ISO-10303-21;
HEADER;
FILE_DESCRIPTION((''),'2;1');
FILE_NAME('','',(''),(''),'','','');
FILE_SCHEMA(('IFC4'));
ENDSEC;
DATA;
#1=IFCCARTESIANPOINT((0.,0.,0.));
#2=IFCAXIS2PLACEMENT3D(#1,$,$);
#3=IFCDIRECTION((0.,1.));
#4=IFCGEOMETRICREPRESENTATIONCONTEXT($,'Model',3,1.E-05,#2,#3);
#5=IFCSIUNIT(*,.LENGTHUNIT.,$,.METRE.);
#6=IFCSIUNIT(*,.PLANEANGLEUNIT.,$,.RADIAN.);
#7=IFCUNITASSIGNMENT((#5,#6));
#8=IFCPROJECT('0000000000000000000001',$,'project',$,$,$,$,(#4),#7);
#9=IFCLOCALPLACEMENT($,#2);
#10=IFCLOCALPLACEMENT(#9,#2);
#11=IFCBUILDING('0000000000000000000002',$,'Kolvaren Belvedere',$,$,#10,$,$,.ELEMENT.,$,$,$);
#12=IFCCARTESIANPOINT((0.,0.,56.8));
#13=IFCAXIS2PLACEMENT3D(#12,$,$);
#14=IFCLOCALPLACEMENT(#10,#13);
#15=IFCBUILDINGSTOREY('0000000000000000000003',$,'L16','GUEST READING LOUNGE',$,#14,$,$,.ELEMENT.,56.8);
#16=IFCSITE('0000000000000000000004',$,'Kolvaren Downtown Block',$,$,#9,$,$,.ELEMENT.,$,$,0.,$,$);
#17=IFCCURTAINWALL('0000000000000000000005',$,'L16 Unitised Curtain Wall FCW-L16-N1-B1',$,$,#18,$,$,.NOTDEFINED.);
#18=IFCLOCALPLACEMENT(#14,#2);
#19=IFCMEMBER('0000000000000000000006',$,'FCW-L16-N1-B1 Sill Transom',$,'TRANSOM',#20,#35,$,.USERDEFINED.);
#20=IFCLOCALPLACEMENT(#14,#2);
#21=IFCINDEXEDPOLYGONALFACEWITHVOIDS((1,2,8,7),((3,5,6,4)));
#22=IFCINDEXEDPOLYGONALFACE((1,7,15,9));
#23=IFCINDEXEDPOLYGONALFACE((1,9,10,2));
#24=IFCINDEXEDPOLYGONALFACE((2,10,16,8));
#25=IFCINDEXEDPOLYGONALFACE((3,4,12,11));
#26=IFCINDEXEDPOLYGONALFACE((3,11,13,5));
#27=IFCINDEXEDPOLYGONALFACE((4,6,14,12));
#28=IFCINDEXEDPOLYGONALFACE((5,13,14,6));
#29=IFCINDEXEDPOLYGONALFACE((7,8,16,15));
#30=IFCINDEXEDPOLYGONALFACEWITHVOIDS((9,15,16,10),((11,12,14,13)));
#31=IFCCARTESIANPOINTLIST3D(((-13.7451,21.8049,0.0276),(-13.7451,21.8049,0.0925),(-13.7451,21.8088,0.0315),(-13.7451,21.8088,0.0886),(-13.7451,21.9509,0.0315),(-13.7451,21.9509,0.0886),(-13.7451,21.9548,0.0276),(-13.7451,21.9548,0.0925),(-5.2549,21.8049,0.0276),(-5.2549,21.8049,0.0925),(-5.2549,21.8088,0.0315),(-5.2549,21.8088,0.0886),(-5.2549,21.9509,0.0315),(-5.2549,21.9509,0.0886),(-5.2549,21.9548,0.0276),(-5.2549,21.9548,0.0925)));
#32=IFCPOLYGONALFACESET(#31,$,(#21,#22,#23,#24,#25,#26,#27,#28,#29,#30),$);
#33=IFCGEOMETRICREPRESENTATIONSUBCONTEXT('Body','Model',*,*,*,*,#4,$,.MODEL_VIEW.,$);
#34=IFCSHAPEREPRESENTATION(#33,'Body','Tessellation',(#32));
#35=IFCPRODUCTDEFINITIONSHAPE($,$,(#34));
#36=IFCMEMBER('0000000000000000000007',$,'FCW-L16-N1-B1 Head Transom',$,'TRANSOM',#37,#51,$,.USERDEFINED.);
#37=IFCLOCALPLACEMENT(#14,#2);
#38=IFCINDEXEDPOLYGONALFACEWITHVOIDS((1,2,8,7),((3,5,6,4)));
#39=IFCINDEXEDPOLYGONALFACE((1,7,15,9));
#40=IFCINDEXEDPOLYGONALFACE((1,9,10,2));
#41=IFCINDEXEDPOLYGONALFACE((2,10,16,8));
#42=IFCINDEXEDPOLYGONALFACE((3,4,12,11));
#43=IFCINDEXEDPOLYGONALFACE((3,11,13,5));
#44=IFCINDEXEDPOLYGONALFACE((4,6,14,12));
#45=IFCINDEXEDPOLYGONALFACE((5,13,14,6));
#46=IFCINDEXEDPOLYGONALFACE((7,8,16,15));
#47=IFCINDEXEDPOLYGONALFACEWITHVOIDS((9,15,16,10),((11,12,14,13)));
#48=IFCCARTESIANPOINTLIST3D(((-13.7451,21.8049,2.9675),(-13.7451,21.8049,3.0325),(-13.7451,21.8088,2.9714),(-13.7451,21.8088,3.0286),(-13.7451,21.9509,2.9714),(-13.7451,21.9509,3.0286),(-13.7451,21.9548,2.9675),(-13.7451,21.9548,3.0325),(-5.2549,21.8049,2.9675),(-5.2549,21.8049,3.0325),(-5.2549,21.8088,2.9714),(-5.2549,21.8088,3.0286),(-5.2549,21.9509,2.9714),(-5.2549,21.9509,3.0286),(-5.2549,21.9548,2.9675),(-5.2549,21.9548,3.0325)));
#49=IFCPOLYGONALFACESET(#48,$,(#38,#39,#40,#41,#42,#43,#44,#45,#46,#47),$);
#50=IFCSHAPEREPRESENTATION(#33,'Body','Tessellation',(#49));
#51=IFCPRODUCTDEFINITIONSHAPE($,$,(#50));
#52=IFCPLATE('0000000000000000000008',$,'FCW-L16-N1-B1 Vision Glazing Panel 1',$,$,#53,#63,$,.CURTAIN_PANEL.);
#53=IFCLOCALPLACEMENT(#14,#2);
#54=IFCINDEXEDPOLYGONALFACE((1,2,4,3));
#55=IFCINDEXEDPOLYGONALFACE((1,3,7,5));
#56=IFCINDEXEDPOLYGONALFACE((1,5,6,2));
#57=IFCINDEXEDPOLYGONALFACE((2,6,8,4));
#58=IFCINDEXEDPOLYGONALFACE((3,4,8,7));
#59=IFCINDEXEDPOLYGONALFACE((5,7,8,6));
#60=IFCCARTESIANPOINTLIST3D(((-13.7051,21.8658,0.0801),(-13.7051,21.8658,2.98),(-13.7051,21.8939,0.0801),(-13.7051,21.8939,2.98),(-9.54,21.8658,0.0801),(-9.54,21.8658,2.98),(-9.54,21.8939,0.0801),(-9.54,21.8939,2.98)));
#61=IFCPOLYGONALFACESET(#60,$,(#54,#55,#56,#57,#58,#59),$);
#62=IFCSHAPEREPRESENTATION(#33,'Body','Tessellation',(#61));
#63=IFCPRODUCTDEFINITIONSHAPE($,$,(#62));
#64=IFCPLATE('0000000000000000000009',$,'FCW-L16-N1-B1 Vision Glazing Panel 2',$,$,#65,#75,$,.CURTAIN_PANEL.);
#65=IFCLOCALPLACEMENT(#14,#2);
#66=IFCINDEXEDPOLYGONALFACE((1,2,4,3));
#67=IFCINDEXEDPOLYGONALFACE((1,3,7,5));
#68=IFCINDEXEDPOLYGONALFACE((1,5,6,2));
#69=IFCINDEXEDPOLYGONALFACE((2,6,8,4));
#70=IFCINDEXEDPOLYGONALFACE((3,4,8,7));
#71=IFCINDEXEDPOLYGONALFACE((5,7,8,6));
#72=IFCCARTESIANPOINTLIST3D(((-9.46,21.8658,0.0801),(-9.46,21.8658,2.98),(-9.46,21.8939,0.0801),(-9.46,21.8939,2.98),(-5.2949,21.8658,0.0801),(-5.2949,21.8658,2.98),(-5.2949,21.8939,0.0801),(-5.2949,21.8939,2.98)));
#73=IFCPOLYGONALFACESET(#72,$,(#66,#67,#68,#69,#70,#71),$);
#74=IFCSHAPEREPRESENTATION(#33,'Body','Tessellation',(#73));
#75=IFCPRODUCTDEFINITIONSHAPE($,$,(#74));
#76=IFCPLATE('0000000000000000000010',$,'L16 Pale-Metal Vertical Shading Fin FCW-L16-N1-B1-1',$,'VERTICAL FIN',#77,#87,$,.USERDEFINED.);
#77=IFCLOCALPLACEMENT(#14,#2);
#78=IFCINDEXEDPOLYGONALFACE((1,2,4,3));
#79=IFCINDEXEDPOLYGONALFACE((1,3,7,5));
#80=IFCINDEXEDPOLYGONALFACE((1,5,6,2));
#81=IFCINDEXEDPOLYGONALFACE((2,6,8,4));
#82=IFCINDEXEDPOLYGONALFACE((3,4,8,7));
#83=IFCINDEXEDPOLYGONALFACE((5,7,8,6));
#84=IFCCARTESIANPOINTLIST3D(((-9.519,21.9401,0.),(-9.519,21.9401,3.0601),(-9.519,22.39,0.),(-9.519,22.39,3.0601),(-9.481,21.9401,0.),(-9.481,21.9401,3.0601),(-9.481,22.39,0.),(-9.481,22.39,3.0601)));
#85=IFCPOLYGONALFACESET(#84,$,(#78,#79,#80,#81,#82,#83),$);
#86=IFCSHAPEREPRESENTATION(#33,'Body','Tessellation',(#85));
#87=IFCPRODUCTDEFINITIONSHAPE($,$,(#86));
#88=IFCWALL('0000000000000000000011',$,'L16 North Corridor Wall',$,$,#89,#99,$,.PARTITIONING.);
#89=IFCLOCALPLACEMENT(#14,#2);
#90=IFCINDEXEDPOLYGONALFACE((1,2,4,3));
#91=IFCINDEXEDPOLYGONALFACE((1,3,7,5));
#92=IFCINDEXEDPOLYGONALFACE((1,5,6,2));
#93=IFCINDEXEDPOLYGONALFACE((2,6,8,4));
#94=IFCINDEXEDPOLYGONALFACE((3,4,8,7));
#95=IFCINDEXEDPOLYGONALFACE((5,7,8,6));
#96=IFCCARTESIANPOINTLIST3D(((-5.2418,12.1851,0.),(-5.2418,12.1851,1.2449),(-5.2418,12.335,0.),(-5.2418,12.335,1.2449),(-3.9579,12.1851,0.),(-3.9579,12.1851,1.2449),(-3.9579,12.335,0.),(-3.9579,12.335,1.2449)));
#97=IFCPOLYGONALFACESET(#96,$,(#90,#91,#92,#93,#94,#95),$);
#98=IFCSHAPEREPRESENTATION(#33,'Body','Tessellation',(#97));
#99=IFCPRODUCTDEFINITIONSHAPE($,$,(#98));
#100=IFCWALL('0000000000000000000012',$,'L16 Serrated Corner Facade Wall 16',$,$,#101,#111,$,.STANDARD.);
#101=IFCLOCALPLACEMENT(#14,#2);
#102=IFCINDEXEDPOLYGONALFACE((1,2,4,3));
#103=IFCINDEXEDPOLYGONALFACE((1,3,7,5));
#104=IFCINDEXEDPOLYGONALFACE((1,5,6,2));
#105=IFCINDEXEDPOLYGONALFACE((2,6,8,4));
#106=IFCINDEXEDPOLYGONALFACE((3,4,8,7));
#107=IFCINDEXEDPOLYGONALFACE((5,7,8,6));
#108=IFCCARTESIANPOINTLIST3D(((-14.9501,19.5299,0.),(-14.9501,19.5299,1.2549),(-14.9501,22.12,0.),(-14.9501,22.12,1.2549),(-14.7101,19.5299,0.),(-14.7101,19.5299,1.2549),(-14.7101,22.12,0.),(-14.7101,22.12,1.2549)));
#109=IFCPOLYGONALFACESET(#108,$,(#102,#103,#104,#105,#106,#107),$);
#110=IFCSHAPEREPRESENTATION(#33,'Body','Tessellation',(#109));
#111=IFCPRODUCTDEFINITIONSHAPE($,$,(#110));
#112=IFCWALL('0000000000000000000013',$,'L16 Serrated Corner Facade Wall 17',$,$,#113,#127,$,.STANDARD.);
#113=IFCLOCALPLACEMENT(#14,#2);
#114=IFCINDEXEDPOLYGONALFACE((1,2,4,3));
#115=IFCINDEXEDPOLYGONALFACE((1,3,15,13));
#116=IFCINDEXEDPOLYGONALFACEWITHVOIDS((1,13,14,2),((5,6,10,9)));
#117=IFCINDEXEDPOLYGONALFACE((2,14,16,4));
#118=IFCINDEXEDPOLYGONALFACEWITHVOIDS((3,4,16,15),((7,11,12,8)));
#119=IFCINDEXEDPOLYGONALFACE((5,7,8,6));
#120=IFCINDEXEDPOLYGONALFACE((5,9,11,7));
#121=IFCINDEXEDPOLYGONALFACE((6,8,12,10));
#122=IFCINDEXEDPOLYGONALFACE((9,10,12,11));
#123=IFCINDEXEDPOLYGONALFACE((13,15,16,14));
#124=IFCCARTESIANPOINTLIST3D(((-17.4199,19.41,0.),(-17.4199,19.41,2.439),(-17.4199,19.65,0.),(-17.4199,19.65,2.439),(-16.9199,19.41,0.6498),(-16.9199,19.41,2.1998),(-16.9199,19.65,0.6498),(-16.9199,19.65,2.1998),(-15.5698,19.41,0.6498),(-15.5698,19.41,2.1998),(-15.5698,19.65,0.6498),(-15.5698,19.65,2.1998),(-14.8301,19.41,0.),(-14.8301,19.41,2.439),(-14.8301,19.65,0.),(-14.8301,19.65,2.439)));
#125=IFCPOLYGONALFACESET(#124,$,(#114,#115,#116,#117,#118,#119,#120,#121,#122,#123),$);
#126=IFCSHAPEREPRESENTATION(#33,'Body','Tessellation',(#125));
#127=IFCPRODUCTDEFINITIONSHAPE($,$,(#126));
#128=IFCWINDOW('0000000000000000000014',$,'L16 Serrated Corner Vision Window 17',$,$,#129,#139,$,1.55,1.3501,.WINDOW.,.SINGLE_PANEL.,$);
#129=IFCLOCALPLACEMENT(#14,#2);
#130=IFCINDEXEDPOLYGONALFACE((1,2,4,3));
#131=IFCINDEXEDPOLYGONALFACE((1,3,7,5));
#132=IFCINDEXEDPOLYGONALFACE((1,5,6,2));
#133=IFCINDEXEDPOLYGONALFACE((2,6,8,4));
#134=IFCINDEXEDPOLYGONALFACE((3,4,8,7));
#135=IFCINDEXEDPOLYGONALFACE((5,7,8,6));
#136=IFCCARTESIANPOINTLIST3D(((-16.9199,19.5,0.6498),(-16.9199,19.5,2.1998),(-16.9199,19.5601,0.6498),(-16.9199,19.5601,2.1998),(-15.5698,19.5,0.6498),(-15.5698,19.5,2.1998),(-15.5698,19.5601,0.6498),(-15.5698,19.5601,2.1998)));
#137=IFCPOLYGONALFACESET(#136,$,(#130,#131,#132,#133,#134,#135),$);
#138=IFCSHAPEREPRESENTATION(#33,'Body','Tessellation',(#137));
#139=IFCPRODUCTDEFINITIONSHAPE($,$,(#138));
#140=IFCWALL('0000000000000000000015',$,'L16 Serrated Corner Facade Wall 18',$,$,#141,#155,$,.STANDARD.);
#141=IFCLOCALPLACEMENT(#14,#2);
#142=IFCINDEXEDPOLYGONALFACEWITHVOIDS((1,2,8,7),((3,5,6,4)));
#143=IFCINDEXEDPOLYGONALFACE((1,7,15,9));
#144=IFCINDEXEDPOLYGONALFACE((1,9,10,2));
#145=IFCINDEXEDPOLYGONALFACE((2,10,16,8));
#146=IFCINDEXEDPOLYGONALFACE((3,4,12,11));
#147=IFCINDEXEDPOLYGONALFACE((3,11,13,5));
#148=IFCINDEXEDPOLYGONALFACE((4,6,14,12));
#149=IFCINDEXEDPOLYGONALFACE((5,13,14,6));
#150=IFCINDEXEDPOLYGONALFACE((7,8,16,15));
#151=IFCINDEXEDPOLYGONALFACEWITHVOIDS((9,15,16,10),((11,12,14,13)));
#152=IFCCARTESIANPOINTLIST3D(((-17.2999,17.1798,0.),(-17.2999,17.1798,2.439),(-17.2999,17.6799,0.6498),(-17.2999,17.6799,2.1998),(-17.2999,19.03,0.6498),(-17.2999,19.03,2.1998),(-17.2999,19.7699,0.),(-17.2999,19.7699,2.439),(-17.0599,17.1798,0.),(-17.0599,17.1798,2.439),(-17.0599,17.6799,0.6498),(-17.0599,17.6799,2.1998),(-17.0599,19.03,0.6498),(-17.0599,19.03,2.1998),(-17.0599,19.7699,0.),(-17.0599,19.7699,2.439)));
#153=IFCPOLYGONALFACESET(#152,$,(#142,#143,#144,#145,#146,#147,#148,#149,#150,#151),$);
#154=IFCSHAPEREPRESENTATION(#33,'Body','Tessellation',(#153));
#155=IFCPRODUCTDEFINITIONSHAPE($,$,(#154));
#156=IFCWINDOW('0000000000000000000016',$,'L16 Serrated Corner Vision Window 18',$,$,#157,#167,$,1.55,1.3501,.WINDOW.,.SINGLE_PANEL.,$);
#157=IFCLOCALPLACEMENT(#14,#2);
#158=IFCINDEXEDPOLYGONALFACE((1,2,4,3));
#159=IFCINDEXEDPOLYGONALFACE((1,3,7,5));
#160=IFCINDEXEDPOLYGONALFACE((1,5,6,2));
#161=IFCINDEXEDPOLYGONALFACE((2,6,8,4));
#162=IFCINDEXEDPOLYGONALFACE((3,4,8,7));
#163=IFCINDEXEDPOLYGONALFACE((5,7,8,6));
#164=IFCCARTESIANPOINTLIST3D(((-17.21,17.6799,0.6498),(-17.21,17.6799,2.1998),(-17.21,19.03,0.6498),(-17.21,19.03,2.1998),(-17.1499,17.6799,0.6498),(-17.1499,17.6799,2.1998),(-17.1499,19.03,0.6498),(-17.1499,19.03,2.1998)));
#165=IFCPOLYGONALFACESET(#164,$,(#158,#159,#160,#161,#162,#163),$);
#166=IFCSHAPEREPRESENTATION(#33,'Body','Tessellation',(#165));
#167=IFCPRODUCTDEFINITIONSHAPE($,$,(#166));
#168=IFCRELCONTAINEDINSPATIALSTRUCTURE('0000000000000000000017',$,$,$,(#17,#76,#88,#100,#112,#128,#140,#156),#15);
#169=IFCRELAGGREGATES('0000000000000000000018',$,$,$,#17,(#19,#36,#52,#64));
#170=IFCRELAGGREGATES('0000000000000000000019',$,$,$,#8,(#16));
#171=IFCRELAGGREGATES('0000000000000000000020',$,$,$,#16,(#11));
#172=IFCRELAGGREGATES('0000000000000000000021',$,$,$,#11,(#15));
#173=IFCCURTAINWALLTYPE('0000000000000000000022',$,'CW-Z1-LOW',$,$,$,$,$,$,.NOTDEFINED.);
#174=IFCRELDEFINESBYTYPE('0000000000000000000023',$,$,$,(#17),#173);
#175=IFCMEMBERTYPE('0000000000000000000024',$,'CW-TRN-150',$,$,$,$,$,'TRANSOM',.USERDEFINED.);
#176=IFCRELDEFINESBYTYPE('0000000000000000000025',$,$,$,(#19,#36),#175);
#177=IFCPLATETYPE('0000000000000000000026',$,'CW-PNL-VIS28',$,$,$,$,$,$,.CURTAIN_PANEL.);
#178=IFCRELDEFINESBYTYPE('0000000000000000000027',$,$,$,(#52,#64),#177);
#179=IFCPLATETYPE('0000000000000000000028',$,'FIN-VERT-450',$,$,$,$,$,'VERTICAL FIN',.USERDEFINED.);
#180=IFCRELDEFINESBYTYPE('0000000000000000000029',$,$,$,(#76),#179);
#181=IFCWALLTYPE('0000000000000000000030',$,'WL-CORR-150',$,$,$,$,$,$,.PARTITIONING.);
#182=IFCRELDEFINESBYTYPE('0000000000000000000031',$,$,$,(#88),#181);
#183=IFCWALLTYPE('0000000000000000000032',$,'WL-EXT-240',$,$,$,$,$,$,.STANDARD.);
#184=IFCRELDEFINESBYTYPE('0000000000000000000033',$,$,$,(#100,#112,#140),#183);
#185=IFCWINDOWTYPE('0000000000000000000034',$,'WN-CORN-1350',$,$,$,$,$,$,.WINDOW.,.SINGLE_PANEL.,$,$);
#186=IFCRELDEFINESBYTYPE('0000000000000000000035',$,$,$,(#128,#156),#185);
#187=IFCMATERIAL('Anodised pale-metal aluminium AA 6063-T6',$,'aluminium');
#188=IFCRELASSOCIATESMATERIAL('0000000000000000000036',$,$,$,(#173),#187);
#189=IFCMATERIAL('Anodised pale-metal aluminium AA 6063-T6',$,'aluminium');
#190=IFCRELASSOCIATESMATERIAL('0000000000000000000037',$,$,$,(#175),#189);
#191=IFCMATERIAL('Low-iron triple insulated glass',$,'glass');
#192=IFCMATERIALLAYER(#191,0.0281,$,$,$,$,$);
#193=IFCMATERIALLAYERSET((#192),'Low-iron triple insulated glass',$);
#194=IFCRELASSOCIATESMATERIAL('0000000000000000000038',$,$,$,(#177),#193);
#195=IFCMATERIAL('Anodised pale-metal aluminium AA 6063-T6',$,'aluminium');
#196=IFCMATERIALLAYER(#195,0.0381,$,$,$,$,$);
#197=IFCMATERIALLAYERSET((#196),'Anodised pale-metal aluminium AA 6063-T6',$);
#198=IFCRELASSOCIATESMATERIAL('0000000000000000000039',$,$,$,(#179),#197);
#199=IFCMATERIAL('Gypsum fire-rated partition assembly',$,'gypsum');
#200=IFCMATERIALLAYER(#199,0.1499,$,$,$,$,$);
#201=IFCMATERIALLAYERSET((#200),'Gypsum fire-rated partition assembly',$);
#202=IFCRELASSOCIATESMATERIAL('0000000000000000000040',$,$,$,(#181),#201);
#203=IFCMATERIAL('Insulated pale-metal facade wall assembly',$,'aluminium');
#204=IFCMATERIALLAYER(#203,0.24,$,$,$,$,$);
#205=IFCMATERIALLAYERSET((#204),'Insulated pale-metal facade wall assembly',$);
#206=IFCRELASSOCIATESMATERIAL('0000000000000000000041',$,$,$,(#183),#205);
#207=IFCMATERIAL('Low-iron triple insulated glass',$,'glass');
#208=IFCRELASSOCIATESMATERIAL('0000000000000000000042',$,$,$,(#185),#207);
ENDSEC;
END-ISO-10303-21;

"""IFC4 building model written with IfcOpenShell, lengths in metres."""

from ifc_helpers import new_model, si_unit, direction, frame, frame_2d, origin, origin_2d, place, context, subcontext, project, spatial, rectangle, hollow_rectangle, extrude, material, layer, layer_set, material_profile, profile_set, type_object, element, fill, aggregate, save


model = new_model("IFC4")

# Units and contexts
model_context = context("Model", 3, precision=1e-05, world=origin(), true_north=direction((0.0, 1.0)))
body_context = subcontext(model_context, "Body", "Model", "MODEL_VIEW")
ifc_project = project(units=[si_unit("LENGTHUNIT", "METRE"), si_unit("PLANEANGLEUNIT", "RADIAN")], contexts=[model_context])

# Site, building, storey
site_placement = place(None, origin())
site = spatial("IfcSite", under=ifc_project, at=site_placement, Name="Kolvaren Downtown Block", CompositionType="ELEMENT", RefElevation=0.0)
building_placement = place(site_placement, origin())
building = spatial("IfcBuilding", under=site, at=building_placement, Name="Kolvaren Belvedere", CompositionType="ELEMENT")
storey_placement = place(building_placement, frame((0.0, 0.0, 56.8)))
storey = spatial("IfcBuildingStorey", under=building, at=storey_placement, Name="L16", Description="GUEST READING LOUNGE", CompositionType="ELEMENT", Elevation=56.8)

# Curtain wall
ifc_material_1 = material(Name="Anodised pale-metal aluminium AA 6063-T6", Category="aluminium")
curtain_wall_type = type_object("IfcCurtainWallType", Name="CW-Z1-LOW", PredefinedType="NOTDEFINED", material=ifc_material_1)
curtain_wall_1_placement = place(storey_placement, origin())
curtain_wall_1 = element("IfcCurtainWall", 1, at=curtain_wall_1_placement, inside=storey, type_object=curtain_wall_type, Name="L16 Unitised Curtain Wall FCW-L16-N1-B1", PredefinedType="NOTDEFINED")

# Members
ifc_material_2 = material(Name="Anodised pale-metal aluminium AA 6063-T6", Category="aluminium")
ifc_material_profile_1 = material_profile(ifc_material_2, hollow_rectangle(XDim=0.0649, YDim=0.1499, WallThickness=0.0039, at=origin_2d()), Name="ALU-TRN-150X65")
ifc_profile_set_1 = profile_set([ifc_material_profile_1], Name="Anodised pale-metal aluminium AA 6063-T6")
member_type_1 = type_object("IfcMemberType", Name="CW-TRN-150", ElementType="TRANSOM", PredefinedType="USERDEFINED", material=ifc_profile_set_1)
member_1_placement = place(storey_placement, frame((-13.7451, 21.8799, 0.0601), z_axis=(1.0, 0.0, 0.0), x_axis=(0.0, 0.0, 1.0)))
member_1 = element("IfcMember", 2, at=member_1_placement, type_object=member_type_1, Name="FCW-L16-N1-B1 Sill Transom", ObjectType="TRANSOM", PredefinedType="USERDEFINED", context=body_context, shape_type="SweptSolid", body=[
    extrude(hollow_rectangle(XDim=0.0649, YDim=0.1499, WallThickness=0.0039, at=origin_2d()), origin(), (0.0, 0.0, 1.0), 8.4902),
])
member_2_placement = place(storey_placement, frame((-13.7451, 21.8799, 3.0), z_axis=(1.0, 0.0, 0.0), x_axis=(0.0, 0.0, 1.0)))
member_2 = element("IfcMember", 3, at=member_2_placement, type_object=member_type_1, Name="FCW-L16-N1-B1 Head Transom", ObjectType="TRANSOM", PredefinedType="USERDEFINED", context=body_context, shape_type="SweptSolid", body=[
    extrude(hollow_rectangle(XDim=0.0649, YDim=0.1499, WallThickness=0.0039, at=origin_2d()), origin(), (0.0, 0.0, 1.0), 8.4902),
])

# Plates
ifc_material_3 = material(Name="Low-iron triple insulated glass", Category="glass")
ifc_layer_1 = layer(ifc_material_3, 0.0281)
ifc_layer_set_1 = layer_set([ifc_layer_1], Name="Low-iron triple insulated glass")
plate_type_1 = type_object("IfcPlateType", Name="CW-PNL-VIS28", PredefinedType="CURTAIN_PANEL", material=ifc_layer_set_1)
plate_1_placement = place(storey_placement, frame((-11.6226, 21.8799, 0.0801), z_axis=(0.0, 0.0, 1.0), x_axis=(1.0, 0.0, 0.0)))
plate_1 = element("IfcPlate", 4, at=plate_1_placement, type_object=plate_type_1, Name="FCW-L16-N1-B1 Vision Glazing Panel 1", PredefinedType="CURTAIN_PANEL", context=body_context, shape_type="SweptSolid", body=[
    extrude(rectangle(XDim=4.165, YDim=0.0281, at=origin_2d()), origin(), (0.0, 0.0, 1.0), 2.8999),
])
plate_2_placement = place(storey_placement, frame((-7.3774, 21.8799, 0.0801), z_axis=(0.0, 0.0, 1.0), x_axis=(1.0, 0.0, 0.0)))
plate_2 = element("IfcPlate", 5, at=plate_2_placement, type_object=plate_type_1, Name="FCW-L16-N1-B1 Vision Glazing Panel 2", PredefinedType="CURTAIN_PANEL", context=body_context, shape_type="SweptSolid", body=[
    extrude(rectangle(XDim=4.165, YDim=0.0281, at=origin_2d()), origin(), (0.0, 0.0, 1.0), 2.8999),
])
aggregate(curtain_wall_1, [member_1, member_2, plate_1, plate_2])
ifc_material_4 = material(Name="Anodised pale-metal aluminium AA 6063-T6", Category="aluminium")
ifc_layer_2 = layer(ifc_material_4, 0.0381)
ifc_layer_set_2 = layer_set([ifc_layer_2], Name="Anodised pale-metal aluminium AA 6063-T6")
plate_type_2 = type_object("IfcPlateType", Name="FIN-VERT-450", ElementType="VERTICAL FIN", PredefinedType="USERDEFINED", material=ifc_layer_set_2)
plate_3_placement = place(storey_placement, frame((-9.5, 22.165, 0.0), z_axis=(0.0, 0.0, 1.0), x_axis=(0.0, 1.0, 0.0)))
element("IfcPlate", 6, at=plate_3_placement, inside=storey, type_object=plate_type_2, Name="L16 Pale-Metal Vertical Shading Fin FCW-L16-N1-B1-1", ObjectType="VERTICAL FIN", PredefinedType="USERDEFINED", context=body_context, shape_type="SweptSolid", body=[
    extrude(rectangle(XDim=0.45, YDim=0.0381, at=origin_2d()), origin(), (0.0, 0.0, 1.0), 3.0601),
])

# Walls
ifc_material_5 = material(Name="Gypsum fire-rated partition assembly", Category="gypsum")
ifc_layer_3 = layer(ifc_material_5, 0.1499)
ifc_layer_set_3 = layer_set([ifc_layer_3], Name="Gypsum fire-rated partition assembly")
wall_type_1 = type_object("IfcWallType", Name="WL-CORR-150", PredefinedType="PARTITIONING", material=ifc_layer_set_3)
wall_1_placement = place(storey_placement, frame((-5.2419, 12.26, 0.0), z_axis=(0.0, 0.0, 1.0), x_axis=(1.0, 0.0, 0.0)))
element("IfcWall", 7, at=wall_1_placement, inside=storey, type_object=wall_type_1, Name="L16 North Corridor Wall", PredefinedType="PARTITIONING", context=body_context, shape_type="SweptSolid", body=[
    extrude(rectangle(XDim=1.2839, YDim=0.1499, at=frame_2d((0.6421, 0.0))), origin(), (0.0, 0.0, 1.0), 1.2449),
])
ifc_material_6 = material(Name="Insulated pale-metal facade wall assembly", Category="aluminium")
ifc_layer_4 = layer(ifc_material_6, 0.24)
ifc_layer_set_4 = layer_set([ifc_layer_4], Name="Insulated pale-metal facade wall assembly")
wall_type_2 = type_object("IfcWallType", Name="WL-EXT-240", PredefinedType="STANDARD", material=ifc_layer_set_4)
wall_2_placement = place(storey_placement, frame((-14.8301, 19.53, 0.0), z_axis=(0.0, 0.0, 1.0), x_axis=(0.0, 1.0, 0.0)))
element("IfcWall", 8, at=wall_2_placement, inside=storey, type_object=wall_type_2, Name="L16 Serrated Corner Facade Wall 16", PredefinedType="STANDARD", context=body_context, shape_type="SweptSolid", body=[
    extrude(rectangle(XDim=2.5901, YDim=0.24, at=frame_2d((1.2949, 0.0))), origin(), (0.0, 0.0, 1.0), 1.2549),
])

# Walls, openings, windows
wall_3_placement = place(storey_placement, frame((-17.4199, 19.53, 0.0), z_axis=(0.0, 0.0, 1.0), x_axis=(1.0, 0.0, 0.0)))
wall_3 = element("IfcWall", 9, at=wall_3_placement, inside=storey, type_object=wall_type_2, Name="L16 Serrated Corner Facade Wall 17", PredefinedType="STANDARD", context=body_context, shape_type="SweptSolid", body=[
    extrude(rectangle(XDim=2.5898, YDim=0.24, at=frame_2d((1.2949, 0.0))), origin(), (0.0, 0.0, 1.0), 2.439),
])
opening_1_placement = place(wall_3_placement, frame((0.5, 0.0, 0.6499)))
opening_1 = element("IfcOpeningElement", 10, at=opening_1_placement, cuts=wall_3, PredefinedType="OPENING", context=body_context, shape_type="SweptSolid", body=[
    extrude(rectangle(XDim=1.3501, YDim=1.55, at=frame_2d((0.675, 0.7749))), frame((0.0, 0.1299, 0.0), z_axis=(0.0, -1.0, 0.0), x_axis=(1.0, 0.0, 0.0)), (0.0, 0.0, 1.0), 0.26),
])
ifc_material_7 = material(Name="Low-iron triple insulated glass", Category="glass")
window_type = type_object("IfcWindowType", Name="WN-CORN-1350", PartitioningType="SINGLE_PANEL", PredefinedType="WINDOW", material=ifc_material_7)
window_1_placement = place(opening_1_placement, origin())
window_1 = element("IfcWindow", 11, at=window_1_placement, inside=storey, type_object=window_type, Name="L16 Serrated Corner Vision Window 17", OverallHeight=1.55, OverallWidth=1.3501, PartitioningType="SINGLE_PANEL", PredefinedType="WINDOW", context=body_context, shape_type="SweptSolid", body=[
    extrude(rectangle(XDim=1.3501, YDim=1.55, at=frame_2d((0.675, 0.7749))), frame((0.0, 0.03, 0.0), z_axis=(0.0, -1.0, 0.0), x_axis=(1.0, 0.0, 0.0)), (0.0, 0.0, 1.0), 0.0601),
])
fill(opening_1, window_1)
wall_4_placement = place(storey_placement, frame((-17.1799, 17.1799, 0.0), z_axis=(0.0, 0.0, 1.0), x_axis=(0.0, 1.0, 0.0)))
wall_4 = element("IfcWall", 12, at=wall_4_placement, inside=storey, type_object=wall_type_2, Name="L16 Serrated Corner Facade Wall 18", PredefinedType="STANDARD", context=body_context, shape_type="SweptSolid", body=[
    extrude(rectangle(XDim=2.5901, YDim=0.24, at=frame_2d((1.2949, 0.0))), origin(), (0.0, 0.0, 1.0), 2.439),
])
opening_2_placement = place(wall_4_placement, frame((0.5, 0.0, 0.6499)))
opening_2 = element("IfcOpeningElement", 13, at=opening_2_placement, cuts=wall_4, PredefinedType="OPENING", context=body_context, shape_type="SweptSolid", body=[
    extrude(rectangle(XDim=1.3501, YDim=1.55, at=frame_2d((0.675, 0.7749))), frame((0.0, 0.1299, 0.0), z_axis=(0.0, -1.0, 0.0), x_axis=(1.0, 0.0, 0.0)), (0.0, 0.0, 1.0), 0.26),
])
window_2_placement = place(opening_2_placement, origin())
window_2 = element("IfcWindow", 14, at=window_2_placement, inside=storey, type_object=window_type, Name="L16 Serrated Corner Vision Window 18", OverallHeight=1.55, OverallWidth=1.3501, PartitioningType="SINGLE_PANEL", PredefinedType="WINDOW", context=body_context, shape_type="SweptSolid", body=[
    extrude(rectangle(XDim=1.3501, YDim=1.55, at=frame_2d((0.675, 0.7749))), frame((0.0, 0.03, 0.0), z_axis=(0.0, -1.0, 0.0), x_axis=(1.0, 0.0, 0.0)), (0.0, 0.0, 1.0), 0.0601),
])
fill(opening_2, window_2)

save(model, "model.ifc")
